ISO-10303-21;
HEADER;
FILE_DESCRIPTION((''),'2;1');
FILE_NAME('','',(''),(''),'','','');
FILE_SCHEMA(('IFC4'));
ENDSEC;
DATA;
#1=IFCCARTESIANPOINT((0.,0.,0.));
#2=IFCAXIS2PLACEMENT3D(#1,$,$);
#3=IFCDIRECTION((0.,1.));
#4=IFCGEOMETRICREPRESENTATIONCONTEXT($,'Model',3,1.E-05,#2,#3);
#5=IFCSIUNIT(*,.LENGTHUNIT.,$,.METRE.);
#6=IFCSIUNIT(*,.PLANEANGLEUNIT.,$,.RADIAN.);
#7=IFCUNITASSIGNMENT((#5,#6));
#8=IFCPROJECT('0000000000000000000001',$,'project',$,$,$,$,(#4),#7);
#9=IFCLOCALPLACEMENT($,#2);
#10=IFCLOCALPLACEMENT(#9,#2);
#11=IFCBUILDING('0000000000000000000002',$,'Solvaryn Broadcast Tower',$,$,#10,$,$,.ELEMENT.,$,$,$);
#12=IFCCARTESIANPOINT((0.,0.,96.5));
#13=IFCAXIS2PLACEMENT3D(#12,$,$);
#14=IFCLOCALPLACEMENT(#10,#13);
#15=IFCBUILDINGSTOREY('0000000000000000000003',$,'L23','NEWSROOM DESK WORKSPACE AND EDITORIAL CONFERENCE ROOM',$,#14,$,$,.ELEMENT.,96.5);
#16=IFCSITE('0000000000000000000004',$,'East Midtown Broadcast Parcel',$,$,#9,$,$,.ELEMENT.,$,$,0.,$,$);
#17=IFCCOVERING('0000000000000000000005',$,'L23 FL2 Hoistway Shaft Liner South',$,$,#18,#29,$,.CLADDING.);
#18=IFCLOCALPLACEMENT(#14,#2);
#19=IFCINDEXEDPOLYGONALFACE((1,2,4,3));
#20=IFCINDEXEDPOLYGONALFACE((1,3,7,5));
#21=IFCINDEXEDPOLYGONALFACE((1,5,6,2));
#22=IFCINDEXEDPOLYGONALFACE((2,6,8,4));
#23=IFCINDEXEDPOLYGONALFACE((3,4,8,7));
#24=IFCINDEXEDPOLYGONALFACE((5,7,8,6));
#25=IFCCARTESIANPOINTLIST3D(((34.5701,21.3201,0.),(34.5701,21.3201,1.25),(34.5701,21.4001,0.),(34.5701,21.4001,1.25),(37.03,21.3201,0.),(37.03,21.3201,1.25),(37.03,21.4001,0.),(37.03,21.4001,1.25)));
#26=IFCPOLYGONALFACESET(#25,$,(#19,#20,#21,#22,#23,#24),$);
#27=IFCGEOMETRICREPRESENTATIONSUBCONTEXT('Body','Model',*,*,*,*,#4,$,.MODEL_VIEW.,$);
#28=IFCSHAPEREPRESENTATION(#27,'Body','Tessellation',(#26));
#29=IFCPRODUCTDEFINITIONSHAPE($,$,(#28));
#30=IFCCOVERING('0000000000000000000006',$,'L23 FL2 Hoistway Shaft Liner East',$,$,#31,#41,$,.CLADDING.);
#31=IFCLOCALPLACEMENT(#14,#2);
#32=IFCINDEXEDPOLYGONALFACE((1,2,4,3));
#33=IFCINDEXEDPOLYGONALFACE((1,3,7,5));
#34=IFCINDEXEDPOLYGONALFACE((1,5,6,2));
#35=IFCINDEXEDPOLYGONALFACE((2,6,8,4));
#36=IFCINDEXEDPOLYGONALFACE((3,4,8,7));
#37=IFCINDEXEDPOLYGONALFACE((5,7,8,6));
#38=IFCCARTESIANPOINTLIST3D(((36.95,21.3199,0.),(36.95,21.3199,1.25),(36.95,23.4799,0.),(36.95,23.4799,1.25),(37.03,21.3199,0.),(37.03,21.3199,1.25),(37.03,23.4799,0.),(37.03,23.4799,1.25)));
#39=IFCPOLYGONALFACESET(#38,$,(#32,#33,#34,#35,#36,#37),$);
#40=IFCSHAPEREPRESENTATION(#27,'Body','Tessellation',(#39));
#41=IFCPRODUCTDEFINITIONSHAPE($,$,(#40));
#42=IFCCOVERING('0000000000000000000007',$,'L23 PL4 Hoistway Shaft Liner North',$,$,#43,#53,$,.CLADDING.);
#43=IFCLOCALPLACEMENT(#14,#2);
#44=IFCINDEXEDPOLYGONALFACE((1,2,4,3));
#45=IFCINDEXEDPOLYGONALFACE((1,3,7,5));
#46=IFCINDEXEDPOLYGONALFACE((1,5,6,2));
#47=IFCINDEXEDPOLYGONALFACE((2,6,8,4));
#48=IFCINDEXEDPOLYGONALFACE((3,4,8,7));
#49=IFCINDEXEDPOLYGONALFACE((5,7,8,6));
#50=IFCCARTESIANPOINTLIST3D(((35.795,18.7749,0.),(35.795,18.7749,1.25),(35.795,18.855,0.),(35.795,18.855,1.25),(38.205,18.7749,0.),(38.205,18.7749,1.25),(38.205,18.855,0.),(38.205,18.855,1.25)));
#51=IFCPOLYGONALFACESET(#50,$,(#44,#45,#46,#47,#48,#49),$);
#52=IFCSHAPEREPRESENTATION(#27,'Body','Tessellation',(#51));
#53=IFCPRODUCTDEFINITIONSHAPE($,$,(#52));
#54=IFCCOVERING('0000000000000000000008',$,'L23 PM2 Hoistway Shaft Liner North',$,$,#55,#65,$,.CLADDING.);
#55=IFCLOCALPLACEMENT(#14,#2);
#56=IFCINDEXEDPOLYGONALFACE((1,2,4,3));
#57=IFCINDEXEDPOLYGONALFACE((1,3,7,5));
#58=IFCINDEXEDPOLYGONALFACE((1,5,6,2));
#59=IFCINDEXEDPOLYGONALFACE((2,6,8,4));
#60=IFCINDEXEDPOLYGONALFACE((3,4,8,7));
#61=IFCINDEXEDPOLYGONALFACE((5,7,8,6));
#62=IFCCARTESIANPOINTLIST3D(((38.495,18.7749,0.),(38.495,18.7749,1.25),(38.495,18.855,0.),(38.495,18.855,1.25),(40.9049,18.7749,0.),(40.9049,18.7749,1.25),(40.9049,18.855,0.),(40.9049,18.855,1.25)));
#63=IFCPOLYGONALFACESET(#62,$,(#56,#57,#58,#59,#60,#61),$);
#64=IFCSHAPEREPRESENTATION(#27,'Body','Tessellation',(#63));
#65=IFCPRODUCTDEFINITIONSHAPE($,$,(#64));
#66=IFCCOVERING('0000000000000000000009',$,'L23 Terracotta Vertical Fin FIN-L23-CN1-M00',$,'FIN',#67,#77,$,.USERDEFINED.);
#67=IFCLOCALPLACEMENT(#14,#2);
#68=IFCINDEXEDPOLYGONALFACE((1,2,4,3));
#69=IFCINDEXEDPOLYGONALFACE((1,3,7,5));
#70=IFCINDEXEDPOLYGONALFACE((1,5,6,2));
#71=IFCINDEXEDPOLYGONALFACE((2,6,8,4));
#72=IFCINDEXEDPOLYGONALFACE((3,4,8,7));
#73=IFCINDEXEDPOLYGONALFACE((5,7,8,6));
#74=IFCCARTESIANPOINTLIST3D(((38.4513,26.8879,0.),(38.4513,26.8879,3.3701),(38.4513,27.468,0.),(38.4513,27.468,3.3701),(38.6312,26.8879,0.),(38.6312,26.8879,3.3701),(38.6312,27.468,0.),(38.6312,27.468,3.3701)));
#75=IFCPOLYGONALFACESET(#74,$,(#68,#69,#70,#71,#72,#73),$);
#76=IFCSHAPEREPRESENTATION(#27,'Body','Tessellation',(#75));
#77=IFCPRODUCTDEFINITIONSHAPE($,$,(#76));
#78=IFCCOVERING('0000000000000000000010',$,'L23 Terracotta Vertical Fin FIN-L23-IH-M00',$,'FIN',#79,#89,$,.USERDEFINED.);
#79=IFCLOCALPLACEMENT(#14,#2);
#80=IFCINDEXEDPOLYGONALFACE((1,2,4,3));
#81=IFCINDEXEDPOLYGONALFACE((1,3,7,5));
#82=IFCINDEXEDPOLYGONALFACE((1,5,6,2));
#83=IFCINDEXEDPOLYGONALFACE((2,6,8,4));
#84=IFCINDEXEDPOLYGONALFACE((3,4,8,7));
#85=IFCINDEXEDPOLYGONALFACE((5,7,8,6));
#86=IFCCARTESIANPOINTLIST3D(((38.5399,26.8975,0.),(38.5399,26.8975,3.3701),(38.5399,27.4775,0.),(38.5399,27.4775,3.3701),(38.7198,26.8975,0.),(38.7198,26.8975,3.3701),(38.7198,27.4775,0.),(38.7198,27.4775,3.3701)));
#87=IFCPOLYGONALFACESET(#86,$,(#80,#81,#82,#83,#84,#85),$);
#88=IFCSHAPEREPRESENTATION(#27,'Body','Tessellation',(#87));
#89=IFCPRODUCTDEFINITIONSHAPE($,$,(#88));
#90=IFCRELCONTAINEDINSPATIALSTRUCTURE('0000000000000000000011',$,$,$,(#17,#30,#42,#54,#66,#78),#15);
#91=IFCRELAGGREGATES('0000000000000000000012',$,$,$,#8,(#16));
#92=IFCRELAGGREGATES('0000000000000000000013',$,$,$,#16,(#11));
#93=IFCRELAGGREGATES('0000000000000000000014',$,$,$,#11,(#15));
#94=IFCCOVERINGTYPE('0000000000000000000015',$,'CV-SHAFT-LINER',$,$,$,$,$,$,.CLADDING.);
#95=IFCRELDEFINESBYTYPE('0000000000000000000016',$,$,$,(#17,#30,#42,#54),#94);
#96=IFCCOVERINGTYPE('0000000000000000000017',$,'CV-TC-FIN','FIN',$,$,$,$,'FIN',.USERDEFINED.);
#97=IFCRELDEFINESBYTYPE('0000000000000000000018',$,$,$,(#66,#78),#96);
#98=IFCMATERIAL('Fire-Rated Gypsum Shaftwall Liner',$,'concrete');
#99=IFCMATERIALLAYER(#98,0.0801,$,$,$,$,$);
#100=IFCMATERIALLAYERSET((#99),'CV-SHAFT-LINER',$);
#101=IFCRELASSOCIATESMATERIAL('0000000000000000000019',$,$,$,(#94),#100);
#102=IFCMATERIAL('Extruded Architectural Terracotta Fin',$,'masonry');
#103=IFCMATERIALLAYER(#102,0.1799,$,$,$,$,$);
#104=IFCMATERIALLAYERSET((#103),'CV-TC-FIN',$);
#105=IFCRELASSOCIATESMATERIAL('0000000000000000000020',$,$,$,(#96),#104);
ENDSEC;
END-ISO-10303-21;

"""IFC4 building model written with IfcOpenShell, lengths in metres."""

from ifc_helpers import new_model, si_unit, direction, frame, origin, origin_2d, place, context, subcontext, project, spatial, rectangle, extrude, material, layer, layer_set, type_object, element, save


model = new_model("IFC4")

# Units and contexts
model_context = context("Model", 3, precision=1e-05, world=origin(), true_north=direction((0.0, 1.0)))
body_context = subcontext(model_context, "Body", "Model", "MODEL_VIEW")
ifc_project = project(units=[si_unit("LENGTHUNIT", "METRE"), si_unit("PLANEANGLEUNIT", "RADIAN")], contexts=[model_context])

# Site, building, storey
site_placement = place(None, origin())
site = spatial("IfcSite", under=ifc_project, at=site_placement, Name="East Midtown Broadcast Parcel", CompositionType="ELEMENT", RefElevation=0.0)
building_placement = place(site_placement, origin())
building = spatial("IfcBuilding", under=site, at=building_placement, Name="Solvaryn Broadcast Tower", CompositionType="ELEMENT")
storey_placement = place(building_placement, frame((0.0, 0.0, 96.5)))
storey = spatial("IfcBuildingStorey", under=building, at=storey_placement, Name="L23", Description="NEWSROOM DESK WORKSPACE AND EDITORIAL CONFERENCE ROOM", CompositionType="ELEMENT", Elevation=96.5)

# Coverings
ifc_material_1 = material(Name="Fire-Rated Gypsum Shaftwall Liner", Category="concrete")
ifc_layer_1 = layer(ifc_material_1, 0.0801)
ifc_layer_set_1 = layer_set([ifc_layer_1], Name="CV-SHAFT-LINER")
covering_type_1 = type_object("IfcCoveringType", Name="CV-SHAFT-LINER", PredefinedType="CLADDING", material=ifc_layer_set_1)
for number, where, z_axis, x_axis, name in (
    (1, (35.8, 21.3601, 0.0), (0.0, 0.0, 1.0), (1.0, 0.0, 0.0), "L23 FL2 Hoistway Shaft Liner South"),
):
    element("IfcCovering", number, at=place(storey_placement, frame(where, z_axis=z_axis, x_axis=x_axis)), inside=storey, type_object=covering_type_1, Name=name, PredefinedType="CLADDING", context=body_context, shape_type="SweptSolid", body=[
        extrude(rectangle(XDim=2.46, YDim=0.0801, at=origin_2d()), origin(), (0.0, 0.0, 1.0), 1.25),
    ])
covering_placement = place(storey_placement, frame((36.99, 22.3999, 0.0), z_axis=(0.0, 0.0, 1.0), x_axis=(1.0, 0.0, 0.0)))
element("IfcCovering", 2, at=covering_placement, inside=storey, type_object=covering_type_1, Name="L23 FL2 Hoistway Shaft Liner East", PredefinedType="CLADDING", context=body_context, shape_type="SweptSolid", body=[
    extrude(rectangle(XDim=0.0801, YDim=2.1599, at=origin_2d()), origin(), (0.0, 0.0, 1.0), 1.25),
])
for number, where, z_axis, x_axis, name in (
    (3, (37.0, 18.8149, 0.0), (0.0, 0.0, 1.0), (1.0, 0.0, 0.0), "L23 PL4 Hoistway Shaft Liner North"),
    (4, (39.7, 18.8149, 0.0), (0.0, 0.0, 1.0), (1.0, 0.0, 0.0), "L23 PM2 Hoistway Shaft Liner North"),
):
    element("IfcCovering", number, at=place(storey_placement, frame(where, z_axis=z_axis, x_axis=x_axis)), inside=storey, type_object=covering_type_1, Name=name, PredefinedType="CLADDING", context=body_context, shape_type="SweptSolid", body=[
        extrude(rectangle(XDim=2.4099, YDim=0.0801, at=origin_2d()), origin(), (0.0, 0.0, 1.0), 1.25),
    ])
ifc_material_2 = material(Name="Extruded Architectural Terracotta Fin", Category="masonry")
ifc_layer_2 = layer(ifc_material_2, 0.1799)
ifc_layer_set_2 = layer_set([ifc_layer_2], Name="CV-TC-FIN")
covering_type_2 = type_object("IfcCoveringType", Name="CV-TC-FIN", Description="FIN", ElementType="FIN", PredefinedType="USERDEFINED", material=ifc_layer_set_2)
for number, where, z_axis, x_axis, name in (
    (5, (38.5413, 27.178, 0.0), (0.0, 0.0, 1.0), (1.0, 0.0, 0.0), "L23 Terracotta Vertical Fin FIN-L23-CN1-M00"),
    (6, (38.6299, 27.1875, 0.0), (0.0, 0.0, 1.0), (1.0, 0.0, 0.0), "L23 Terracotta Vertical Fin FIN-L23-IH-M00"),
):
    element("IfcCovering", number, at=place(storey_placement, frame(where, z_axis=z_axis, x_axis=x_axis)), inside=storey, type_object=covering_type_2, Name=name, ObjectType="FIN", PredefinedType="USERDEFINED", context=body_context, shape_type="SweptSolid", body=[
        extrude(rectangle(XDim=0.1799, YDim=0.5801, at=origin_2d()), origin(), (0.0, 0.0, 1.0), 3.3701),
    ])

save(model, "model.ifc")
